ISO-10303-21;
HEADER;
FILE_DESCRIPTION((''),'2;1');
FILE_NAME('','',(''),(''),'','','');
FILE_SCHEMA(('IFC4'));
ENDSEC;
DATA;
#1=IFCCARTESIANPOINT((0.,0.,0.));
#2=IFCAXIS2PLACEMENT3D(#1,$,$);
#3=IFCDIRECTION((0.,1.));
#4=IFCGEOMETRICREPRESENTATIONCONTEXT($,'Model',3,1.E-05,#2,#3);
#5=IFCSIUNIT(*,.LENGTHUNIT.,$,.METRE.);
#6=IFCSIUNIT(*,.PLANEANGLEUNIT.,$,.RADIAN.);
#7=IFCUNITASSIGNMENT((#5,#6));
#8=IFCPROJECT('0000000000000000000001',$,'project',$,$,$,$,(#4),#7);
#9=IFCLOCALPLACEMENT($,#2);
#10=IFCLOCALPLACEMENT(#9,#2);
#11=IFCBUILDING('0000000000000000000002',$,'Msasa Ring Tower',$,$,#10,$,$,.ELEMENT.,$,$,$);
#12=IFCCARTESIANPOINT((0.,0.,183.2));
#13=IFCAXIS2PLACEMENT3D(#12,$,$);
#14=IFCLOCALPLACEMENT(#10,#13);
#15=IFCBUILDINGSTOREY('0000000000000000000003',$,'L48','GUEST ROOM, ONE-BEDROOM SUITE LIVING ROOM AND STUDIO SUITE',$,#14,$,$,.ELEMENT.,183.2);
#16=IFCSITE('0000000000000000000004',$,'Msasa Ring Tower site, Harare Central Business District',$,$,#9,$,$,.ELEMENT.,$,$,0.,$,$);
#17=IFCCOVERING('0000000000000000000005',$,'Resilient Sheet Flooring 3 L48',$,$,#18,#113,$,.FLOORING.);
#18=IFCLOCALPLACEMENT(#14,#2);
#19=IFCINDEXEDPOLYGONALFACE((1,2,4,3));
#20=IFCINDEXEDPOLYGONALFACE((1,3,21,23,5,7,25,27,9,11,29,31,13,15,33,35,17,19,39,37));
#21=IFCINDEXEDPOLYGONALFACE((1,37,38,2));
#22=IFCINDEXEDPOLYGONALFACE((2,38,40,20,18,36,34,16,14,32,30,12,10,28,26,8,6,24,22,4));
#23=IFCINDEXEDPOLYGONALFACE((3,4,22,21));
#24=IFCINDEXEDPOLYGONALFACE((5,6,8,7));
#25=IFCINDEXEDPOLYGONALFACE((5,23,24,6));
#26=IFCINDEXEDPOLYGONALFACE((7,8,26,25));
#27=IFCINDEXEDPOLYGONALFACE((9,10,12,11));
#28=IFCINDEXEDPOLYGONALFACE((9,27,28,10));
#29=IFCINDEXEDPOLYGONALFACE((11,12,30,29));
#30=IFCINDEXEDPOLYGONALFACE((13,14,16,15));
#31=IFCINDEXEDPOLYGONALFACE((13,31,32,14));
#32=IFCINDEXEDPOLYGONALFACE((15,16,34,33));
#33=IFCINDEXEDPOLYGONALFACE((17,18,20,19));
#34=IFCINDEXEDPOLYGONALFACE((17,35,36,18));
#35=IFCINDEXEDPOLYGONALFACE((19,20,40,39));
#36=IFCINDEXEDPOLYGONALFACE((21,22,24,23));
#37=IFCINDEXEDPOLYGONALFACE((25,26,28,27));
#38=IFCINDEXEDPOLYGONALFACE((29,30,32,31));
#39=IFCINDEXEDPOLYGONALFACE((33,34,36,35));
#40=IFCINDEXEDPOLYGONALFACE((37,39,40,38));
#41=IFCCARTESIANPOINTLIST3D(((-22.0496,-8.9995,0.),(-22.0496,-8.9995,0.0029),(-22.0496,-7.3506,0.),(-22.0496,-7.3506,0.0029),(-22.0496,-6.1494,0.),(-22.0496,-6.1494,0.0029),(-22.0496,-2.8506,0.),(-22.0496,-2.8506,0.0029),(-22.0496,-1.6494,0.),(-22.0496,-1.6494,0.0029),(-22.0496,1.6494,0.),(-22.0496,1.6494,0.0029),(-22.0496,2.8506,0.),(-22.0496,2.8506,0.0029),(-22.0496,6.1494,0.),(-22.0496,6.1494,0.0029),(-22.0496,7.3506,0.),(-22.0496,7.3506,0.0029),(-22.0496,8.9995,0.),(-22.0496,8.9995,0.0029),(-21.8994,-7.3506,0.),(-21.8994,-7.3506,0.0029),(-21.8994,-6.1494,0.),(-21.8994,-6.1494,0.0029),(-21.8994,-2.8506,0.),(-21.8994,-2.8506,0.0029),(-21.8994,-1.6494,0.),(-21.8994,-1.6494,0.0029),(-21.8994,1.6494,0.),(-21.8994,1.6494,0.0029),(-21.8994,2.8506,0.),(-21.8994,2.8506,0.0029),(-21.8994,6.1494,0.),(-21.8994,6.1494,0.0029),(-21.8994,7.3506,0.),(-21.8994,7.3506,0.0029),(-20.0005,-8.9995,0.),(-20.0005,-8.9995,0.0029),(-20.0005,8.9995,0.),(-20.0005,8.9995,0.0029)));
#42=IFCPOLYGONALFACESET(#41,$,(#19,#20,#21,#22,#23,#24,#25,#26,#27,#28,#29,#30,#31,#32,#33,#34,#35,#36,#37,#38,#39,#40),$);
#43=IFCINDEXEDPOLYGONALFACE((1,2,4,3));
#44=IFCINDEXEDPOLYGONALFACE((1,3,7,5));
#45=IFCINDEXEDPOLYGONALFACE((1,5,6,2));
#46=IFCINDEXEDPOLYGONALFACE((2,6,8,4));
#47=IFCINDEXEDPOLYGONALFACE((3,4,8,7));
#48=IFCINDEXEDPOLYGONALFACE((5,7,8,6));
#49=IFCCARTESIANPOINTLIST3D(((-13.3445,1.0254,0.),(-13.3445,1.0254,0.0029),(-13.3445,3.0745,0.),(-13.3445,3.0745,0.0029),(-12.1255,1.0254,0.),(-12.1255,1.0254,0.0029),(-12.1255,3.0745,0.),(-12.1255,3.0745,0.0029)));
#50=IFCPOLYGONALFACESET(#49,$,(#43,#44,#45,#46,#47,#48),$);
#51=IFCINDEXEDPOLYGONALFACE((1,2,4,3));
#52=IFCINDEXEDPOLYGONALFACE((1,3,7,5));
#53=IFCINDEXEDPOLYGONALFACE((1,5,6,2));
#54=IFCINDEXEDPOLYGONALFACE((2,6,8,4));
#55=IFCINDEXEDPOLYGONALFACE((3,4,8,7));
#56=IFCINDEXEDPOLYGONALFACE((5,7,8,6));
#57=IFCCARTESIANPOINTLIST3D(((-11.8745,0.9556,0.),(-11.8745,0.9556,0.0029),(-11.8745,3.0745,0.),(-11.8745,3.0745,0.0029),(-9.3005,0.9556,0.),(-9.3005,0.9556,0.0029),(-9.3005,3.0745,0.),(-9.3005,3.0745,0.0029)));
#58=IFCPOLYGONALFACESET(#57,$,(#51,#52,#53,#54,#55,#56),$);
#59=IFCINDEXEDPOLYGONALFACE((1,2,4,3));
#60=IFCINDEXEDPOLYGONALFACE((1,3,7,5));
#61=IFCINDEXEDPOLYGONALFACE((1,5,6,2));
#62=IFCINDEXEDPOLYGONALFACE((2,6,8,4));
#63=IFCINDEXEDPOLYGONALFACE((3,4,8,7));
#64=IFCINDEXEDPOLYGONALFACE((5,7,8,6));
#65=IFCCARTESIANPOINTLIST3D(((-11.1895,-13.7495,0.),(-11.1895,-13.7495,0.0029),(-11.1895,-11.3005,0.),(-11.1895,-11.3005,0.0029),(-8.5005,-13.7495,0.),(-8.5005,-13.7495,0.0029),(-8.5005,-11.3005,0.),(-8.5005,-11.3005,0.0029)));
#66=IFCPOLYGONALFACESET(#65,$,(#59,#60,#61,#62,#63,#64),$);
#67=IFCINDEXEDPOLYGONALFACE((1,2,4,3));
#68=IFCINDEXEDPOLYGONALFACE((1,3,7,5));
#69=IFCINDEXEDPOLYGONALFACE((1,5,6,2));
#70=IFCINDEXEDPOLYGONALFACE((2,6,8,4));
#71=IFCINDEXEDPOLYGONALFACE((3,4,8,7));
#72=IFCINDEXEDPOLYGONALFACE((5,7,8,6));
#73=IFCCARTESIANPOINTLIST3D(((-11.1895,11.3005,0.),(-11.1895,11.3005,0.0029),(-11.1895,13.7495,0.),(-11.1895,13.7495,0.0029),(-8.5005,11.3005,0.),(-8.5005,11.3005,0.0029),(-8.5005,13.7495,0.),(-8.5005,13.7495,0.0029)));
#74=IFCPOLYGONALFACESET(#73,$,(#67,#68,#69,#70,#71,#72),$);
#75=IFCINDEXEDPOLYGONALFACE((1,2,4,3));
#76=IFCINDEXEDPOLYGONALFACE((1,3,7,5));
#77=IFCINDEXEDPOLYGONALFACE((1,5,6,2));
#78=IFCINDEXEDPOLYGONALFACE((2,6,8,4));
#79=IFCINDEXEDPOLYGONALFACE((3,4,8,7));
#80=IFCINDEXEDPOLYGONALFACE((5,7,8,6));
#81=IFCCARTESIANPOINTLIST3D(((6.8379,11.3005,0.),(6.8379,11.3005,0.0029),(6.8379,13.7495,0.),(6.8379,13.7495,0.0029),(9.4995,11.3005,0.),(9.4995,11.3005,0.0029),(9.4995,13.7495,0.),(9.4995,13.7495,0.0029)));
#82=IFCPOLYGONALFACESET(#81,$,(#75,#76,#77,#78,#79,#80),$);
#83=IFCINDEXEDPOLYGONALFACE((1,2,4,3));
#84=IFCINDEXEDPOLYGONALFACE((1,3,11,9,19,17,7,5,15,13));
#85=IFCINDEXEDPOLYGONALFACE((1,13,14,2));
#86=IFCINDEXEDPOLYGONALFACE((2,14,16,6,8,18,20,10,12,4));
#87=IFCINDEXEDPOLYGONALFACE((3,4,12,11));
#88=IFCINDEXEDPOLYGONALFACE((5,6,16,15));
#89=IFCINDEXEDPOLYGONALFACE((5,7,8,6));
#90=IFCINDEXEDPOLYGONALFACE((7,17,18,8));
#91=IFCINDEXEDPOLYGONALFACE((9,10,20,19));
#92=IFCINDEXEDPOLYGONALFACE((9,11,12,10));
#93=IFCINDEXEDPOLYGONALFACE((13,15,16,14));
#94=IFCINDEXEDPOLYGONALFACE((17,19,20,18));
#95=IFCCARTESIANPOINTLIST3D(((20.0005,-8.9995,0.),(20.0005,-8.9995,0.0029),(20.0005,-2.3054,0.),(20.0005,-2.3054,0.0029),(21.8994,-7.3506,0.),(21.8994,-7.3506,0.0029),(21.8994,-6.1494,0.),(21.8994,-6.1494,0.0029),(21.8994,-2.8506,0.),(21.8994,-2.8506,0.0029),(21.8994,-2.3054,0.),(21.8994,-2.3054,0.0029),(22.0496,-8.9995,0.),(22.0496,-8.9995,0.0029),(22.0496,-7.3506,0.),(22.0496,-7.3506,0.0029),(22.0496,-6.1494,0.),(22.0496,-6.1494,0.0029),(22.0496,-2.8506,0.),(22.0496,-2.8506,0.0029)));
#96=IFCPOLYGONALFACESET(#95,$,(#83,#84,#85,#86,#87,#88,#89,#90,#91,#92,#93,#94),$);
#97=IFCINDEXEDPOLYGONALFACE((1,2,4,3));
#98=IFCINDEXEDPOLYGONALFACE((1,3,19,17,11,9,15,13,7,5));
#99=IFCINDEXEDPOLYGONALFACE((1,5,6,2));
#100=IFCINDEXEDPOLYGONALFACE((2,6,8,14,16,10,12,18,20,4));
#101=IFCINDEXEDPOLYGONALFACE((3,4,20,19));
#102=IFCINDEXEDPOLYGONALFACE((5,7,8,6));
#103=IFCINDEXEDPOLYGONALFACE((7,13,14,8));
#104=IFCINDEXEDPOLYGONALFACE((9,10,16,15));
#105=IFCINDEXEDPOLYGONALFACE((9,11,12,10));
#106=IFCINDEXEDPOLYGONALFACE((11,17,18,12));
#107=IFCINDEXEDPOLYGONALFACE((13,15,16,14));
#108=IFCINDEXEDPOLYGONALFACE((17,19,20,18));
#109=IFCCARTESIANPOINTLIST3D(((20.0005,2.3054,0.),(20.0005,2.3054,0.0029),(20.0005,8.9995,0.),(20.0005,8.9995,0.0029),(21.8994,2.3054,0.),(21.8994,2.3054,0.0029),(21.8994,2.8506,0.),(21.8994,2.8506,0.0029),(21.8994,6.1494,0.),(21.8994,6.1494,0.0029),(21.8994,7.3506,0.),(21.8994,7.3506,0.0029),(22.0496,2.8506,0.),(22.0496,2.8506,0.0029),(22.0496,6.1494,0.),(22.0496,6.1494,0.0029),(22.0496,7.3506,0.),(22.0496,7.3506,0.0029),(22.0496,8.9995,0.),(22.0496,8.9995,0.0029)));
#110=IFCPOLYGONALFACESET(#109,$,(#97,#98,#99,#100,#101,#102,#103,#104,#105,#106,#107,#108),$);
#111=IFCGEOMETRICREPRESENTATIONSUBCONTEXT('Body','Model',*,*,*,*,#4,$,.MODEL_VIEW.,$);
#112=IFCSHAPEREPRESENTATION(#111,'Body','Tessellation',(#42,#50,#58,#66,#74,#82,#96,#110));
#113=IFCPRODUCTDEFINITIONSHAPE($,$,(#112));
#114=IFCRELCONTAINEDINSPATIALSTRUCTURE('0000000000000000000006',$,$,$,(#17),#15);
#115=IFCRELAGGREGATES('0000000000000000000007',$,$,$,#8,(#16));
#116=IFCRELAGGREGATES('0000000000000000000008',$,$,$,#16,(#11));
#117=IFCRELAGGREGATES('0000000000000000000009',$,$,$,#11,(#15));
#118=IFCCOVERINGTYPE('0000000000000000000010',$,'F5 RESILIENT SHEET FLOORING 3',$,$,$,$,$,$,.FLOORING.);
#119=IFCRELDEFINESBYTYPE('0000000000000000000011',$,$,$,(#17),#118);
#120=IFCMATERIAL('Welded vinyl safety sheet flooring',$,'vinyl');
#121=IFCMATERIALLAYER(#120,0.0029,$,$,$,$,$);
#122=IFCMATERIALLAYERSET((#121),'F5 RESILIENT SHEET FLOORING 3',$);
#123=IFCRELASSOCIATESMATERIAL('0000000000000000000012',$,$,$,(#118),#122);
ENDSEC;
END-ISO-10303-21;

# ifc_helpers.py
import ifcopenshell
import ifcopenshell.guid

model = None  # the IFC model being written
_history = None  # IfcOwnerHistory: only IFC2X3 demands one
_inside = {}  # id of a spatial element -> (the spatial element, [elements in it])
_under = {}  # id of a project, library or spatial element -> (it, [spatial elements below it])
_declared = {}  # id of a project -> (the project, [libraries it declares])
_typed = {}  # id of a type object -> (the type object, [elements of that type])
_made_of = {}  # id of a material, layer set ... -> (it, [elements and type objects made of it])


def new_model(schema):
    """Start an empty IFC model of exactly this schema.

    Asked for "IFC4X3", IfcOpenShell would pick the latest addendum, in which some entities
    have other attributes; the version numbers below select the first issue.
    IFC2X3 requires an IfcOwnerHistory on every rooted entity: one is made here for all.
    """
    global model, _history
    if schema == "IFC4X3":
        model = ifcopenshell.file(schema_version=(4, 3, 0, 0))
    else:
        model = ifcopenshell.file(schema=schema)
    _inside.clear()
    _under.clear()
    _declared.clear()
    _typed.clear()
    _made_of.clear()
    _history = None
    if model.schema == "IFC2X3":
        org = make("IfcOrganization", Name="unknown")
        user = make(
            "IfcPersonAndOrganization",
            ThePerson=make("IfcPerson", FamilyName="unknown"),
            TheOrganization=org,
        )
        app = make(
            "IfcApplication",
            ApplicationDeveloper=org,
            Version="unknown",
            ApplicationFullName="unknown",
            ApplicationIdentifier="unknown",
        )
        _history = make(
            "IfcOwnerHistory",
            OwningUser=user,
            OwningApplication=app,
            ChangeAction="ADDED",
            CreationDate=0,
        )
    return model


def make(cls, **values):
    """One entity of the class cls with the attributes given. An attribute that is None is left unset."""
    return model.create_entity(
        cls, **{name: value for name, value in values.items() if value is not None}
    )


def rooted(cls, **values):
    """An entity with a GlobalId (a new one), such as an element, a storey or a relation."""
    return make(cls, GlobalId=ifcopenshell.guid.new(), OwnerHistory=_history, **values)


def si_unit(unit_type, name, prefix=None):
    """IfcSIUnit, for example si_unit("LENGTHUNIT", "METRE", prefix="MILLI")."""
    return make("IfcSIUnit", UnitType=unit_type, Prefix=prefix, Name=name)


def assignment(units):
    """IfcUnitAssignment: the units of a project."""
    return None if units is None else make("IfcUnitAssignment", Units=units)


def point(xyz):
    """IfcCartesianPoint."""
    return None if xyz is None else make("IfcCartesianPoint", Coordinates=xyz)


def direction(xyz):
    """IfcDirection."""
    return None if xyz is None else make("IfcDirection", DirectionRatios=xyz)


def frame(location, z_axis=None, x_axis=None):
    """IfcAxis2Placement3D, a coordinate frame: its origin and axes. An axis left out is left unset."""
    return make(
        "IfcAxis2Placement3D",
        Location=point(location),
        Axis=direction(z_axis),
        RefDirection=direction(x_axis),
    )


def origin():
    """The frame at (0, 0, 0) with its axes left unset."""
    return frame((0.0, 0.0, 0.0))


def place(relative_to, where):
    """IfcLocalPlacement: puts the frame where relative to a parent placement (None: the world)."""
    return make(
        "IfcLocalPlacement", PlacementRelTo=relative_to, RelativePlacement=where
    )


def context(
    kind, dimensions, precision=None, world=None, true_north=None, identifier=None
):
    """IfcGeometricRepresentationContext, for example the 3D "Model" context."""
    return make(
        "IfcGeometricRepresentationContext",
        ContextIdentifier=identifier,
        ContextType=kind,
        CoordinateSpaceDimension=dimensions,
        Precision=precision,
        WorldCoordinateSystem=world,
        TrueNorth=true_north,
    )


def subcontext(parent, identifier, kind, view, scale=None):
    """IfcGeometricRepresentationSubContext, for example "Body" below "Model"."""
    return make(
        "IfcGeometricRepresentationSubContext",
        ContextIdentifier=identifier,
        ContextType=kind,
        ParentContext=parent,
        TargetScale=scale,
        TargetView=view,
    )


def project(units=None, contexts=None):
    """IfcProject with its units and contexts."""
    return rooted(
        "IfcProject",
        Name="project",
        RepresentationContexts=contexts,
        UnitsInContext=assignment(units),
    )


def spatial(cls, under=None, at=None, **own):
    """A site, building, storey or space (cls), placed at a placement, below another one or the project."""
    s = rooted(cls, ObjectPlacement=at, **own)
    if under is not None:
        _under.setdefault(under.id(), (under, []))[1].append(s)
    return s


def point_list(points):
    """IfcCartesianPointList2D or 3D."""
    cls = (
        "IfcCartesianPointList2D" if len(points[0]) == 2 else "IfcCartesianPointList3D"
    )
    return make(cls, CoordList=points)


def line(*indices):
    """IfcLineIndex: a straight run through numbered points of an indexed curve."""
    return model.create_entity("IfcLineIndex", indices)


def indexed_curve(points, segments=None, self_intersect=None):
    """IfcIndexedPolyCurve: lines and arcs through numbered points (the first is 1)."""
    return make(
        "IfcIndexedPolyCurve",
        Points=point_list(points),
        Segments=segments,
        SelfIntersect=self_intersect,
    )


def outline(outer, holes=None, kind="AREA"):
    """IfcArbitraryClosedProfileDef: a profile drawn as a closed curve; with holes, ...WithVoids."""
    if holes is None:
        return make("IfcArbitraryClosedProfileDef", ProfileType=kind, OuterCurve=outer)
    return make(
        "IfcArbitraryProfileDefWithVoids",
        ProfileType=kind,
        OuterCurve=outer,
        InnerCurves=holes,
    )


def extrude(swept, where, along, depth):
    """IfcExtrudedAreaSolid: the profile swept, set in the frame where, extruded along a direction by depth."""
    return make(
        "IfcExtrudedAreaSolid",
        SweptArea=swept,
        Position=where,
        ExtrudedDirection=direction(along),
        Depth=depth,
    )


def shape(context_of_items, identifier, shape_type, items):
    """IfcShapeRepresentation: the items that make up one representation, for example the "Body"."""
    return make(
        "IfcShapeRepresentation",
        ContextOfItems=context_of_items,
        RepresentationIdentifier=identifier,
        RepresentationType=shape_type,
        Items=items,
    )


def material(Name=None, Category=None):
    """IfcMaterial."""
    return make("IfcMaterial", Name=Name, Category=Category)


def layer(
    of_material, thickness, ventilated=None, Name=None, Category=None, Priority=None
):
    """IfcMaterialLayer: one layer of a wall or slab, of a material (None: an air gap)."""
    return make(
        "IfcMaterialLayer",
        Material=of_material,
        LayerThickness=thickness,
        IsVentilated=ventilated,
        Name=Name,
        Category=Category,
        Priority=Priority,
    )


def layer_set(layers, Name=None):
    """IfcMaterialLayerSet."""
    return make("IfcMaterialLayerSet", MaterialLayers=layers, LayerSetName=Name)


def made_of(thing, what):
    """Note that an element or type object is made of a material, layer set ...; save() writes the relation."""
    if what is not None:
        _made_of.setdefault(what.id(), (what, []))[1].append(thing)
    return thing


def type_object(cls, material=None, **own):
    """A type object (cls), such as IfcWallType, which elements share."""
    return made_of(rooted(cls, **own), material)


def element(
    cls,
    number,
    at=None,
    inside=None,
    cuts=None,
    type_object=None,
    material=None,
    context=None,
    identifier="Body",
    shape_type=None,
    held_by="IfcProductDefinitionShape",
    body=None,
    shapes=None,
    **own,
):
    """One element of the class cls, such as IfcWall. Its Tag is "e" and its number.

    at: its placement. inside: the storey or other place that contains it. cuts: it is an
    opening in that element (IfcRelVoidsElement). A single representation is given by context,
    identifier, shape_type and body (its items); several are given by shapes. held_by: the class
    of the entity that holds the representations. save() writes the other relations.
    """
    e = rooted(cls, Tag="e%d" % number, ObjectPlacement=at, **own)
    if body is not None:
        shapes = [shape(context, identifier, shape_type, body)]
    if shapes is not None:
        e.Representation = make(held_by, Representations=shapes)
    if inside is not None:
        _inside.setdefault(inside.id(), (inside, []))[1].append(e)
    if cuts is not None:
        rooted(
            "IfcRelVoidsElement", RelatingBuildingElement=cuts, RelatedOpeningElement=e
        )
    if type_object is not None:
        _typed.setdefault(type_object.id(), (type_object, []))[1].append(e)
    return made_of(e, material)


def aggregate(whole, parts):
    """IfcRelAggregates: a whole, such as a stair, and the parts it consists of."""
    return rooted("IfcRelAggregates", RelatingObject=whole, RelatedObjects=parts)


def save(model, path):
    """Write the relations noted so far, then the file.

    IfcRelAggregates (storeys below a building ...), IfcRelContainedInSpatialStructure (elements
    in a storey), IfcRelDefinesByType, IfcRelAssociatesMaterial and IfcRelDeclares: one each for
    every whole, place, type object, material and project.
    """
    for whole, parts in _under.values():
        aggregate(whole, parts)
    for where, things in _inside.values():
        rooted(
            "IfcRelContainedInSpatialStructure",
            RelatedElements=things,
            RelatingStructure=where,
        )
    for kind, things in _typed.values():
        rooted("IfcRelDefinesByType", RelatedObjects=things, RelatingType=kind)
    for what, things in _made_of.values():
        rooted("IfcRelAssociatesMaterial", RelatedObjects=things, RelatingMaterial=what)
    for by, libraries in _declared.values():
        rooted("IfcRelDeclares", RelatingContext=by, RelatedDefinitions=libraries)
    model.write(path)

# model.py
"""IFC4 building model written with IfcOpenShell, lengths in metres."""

from ifc_helpers import new_model, si_unit, direction, frame, origin, place, context, subcontext, project, spatial, line, indexed_curve, outline, extrude, material, layer, layer_set, type_object, element, save


model = new_model("IFC4")

# Units and contexts
model_context = context("Model", 3, precision=1e-05, world=origin(), true_north=direction((0.0, 1.0)))
body_context = subcontext(model_context, "Body", "Model", "MODEL_VIEW")
ifc_project = project(units=[si_unit("LENGTHUNIT", "METRE"), si_unit("PLANEANGLEUNIT", "RADIAN")], contexts=[model_context])

# Site, building, storey
site_placement = place(None, origin())
site = spatial("IfcSite", under=ifc_project, at=site_placement, Name="Msasa Ring Tower site, Harare Central Business District", CompositionType="ELEMENT", RefElevation=0.0)
building_placement = place(site_placement, origin())
building = spatial("IfcBuilding", under=site, at=building_placement, Name="Msasa Ring Tower", CompositionType="ELEMENT")
storey_placement = place(building_placement, frame((0.0, 0.0, 183.2)))
storey = spatial("IfcBuildingStorey", under=building, at=storey_placement, Name="L48", Description="GUEST ROOM, ONE-BEDROOM SUITE LIVING ROOM AND STUDIO SUITE", CompositionType="ELEMENT", Elevation=183.2)

# Covering
ifc_material_1 = material(Name="Welded vinyl safety sheet flooring", Category="vinyl")
ifc_layer_1 = layer(ifc_material_1, 0.0029)
ifc_layer_set_1 = layer_set([ifc_layer_1], Name="F5 RESILIENT SHEET FLOORING 3")
covering_type_1 = type_object("IfcCoveringType", Name="F5 RESILIENT SHEET FLOORING 3", PredefinedType="FLOORING", material=ifc_layer_set_1)
covering_1_placement = place(storey_placement, origin())
element("IfcCovering", 1, at=covering_1_placement, inside=storey, type_object=covering_type_1, Name="Resilient Sheet Flooring 3 L48", PredefinedType="FLOORING", context=body_context, shape_type="SweptSolid", body=[
    extrude(outline(indexed_curve([(-20.0005, -8.9995), (-22.0496, -8.9995), (-22.0496, -7.3506), (-21.8994, -7.3506), (-21.8994, -6.1494), (-22.0496, -6.1494), (-22.0496, -2.8506), (-21.8994, -2.8506), (-21.8994, -1.6494), (-22.0496, -1.6494), (-22.0496, 1.6494), (-21.8994, 1.6494), (-21.8994, 2.8506), (-22.0496, 2.8506), (-22.0496, 6.1494), (-21.8994, 6.1494), (-21.8994, 7.3506), (-22.0496, 7.3506), (-22.0496, 8.9995), (-20.0005, 8.9995)], segments=[line(1, 2, 3, 4, 5, 6, 7, 8, 9, 10, 11, 12, 13, 14, 15, 16, 17, 18, 19, 20, 1)], self_intersect=False)), origin(), (0.0, 0.0, 1.0), 0.0029),
    extrude(outline(indexed_curve([(-13.3445, 3.0745), (-12.1255, 3.0745), (-12.1255, 1.0254), (-13.3445, 1.0254)], segments=[line(1, 2, 3, 4, 1)], self_intersect=False)), origin(), (0.0, 0.0, 1.0), 0.0029),
    extrude(outline(indexed_curve([(-11.8745, 3.0745), (-9.3005, 3.0745), (-9.3005, 0.9556), (-11.8745, 0.9556)], segments=[line(1, 2, 3, 4, 1)], self_intersect=False)), origin(), (0.0, 0.0, 1.0), 0.0029),
    extrude(outline(indexed_curve([(-11.1895, -11.3005), (-8.5005, -11.3005), (-8.5005, -13.7495), (-11.1895, -13.7495)], segments=[line(1, 2, 3, 4, 1)], self_intersect=False)), origin(), (0.0, 0.0, 1.0), 0.0029),
    extrude(outline(indexed_curve([(-11.1895, 13.7495), (-8.5005, 13.7495), (-8.5005, 11.3005), (-11.1895, 11.3005)], segments=[line(1, 2, 3, 4, 1)], self_intersect=False)), origin(), (0.0, 0.0, 1.0), 0.0029),
    extrude(outline(indexed_curve([(9.4995, 13.7495), (9.4995, 11.3005), (6.8379, 11.3005), (6.8379, 13.7495)], segments=[line(1, 2, 3, 4, 1)], self_intersect=False)), origin(), (0.0, 0.0, 1.0), 0.0029),
    extrude(outline(indexed_curve([(20.0005, -8.9995), (20.0005, -2.3054), (21.8994, -2.3054), (21.8994, -2.8506), (22.0496, -2.8506), (22.0496, -6.1494), (21.8994, -6.1494), (21.8994, -7.3506), (22.0496, -7.3506), (22.0496, -8.9995)], segments=[line(1, 2, 3, 4, 5, 6, 7, 8, 9, 10, 1)], self_intersect=False)), origin(), (0.0, 0.0, 1.0), 0.0029),
    extrude(outline(indexed_curve([(20.0005, 2.3054), (20.0005, 8.9995), (22.0496, 8.9995), (22.0496, 7.3506), (21.8994, 7.3506), (21.8994, 6.1494), (22.0496, 6.1494), (22.0496, 2.8506), (21.8994, 2.8506), (21.8994, 2.3054)], segments=[line(1, 2, 3, 4, 5, 6, 7, 8, 9, 10, 1)], self_intersect=False)), origin(), (0.0, 0.0, 1.0), 0.0029),
])

save(model, "model.ifc")
